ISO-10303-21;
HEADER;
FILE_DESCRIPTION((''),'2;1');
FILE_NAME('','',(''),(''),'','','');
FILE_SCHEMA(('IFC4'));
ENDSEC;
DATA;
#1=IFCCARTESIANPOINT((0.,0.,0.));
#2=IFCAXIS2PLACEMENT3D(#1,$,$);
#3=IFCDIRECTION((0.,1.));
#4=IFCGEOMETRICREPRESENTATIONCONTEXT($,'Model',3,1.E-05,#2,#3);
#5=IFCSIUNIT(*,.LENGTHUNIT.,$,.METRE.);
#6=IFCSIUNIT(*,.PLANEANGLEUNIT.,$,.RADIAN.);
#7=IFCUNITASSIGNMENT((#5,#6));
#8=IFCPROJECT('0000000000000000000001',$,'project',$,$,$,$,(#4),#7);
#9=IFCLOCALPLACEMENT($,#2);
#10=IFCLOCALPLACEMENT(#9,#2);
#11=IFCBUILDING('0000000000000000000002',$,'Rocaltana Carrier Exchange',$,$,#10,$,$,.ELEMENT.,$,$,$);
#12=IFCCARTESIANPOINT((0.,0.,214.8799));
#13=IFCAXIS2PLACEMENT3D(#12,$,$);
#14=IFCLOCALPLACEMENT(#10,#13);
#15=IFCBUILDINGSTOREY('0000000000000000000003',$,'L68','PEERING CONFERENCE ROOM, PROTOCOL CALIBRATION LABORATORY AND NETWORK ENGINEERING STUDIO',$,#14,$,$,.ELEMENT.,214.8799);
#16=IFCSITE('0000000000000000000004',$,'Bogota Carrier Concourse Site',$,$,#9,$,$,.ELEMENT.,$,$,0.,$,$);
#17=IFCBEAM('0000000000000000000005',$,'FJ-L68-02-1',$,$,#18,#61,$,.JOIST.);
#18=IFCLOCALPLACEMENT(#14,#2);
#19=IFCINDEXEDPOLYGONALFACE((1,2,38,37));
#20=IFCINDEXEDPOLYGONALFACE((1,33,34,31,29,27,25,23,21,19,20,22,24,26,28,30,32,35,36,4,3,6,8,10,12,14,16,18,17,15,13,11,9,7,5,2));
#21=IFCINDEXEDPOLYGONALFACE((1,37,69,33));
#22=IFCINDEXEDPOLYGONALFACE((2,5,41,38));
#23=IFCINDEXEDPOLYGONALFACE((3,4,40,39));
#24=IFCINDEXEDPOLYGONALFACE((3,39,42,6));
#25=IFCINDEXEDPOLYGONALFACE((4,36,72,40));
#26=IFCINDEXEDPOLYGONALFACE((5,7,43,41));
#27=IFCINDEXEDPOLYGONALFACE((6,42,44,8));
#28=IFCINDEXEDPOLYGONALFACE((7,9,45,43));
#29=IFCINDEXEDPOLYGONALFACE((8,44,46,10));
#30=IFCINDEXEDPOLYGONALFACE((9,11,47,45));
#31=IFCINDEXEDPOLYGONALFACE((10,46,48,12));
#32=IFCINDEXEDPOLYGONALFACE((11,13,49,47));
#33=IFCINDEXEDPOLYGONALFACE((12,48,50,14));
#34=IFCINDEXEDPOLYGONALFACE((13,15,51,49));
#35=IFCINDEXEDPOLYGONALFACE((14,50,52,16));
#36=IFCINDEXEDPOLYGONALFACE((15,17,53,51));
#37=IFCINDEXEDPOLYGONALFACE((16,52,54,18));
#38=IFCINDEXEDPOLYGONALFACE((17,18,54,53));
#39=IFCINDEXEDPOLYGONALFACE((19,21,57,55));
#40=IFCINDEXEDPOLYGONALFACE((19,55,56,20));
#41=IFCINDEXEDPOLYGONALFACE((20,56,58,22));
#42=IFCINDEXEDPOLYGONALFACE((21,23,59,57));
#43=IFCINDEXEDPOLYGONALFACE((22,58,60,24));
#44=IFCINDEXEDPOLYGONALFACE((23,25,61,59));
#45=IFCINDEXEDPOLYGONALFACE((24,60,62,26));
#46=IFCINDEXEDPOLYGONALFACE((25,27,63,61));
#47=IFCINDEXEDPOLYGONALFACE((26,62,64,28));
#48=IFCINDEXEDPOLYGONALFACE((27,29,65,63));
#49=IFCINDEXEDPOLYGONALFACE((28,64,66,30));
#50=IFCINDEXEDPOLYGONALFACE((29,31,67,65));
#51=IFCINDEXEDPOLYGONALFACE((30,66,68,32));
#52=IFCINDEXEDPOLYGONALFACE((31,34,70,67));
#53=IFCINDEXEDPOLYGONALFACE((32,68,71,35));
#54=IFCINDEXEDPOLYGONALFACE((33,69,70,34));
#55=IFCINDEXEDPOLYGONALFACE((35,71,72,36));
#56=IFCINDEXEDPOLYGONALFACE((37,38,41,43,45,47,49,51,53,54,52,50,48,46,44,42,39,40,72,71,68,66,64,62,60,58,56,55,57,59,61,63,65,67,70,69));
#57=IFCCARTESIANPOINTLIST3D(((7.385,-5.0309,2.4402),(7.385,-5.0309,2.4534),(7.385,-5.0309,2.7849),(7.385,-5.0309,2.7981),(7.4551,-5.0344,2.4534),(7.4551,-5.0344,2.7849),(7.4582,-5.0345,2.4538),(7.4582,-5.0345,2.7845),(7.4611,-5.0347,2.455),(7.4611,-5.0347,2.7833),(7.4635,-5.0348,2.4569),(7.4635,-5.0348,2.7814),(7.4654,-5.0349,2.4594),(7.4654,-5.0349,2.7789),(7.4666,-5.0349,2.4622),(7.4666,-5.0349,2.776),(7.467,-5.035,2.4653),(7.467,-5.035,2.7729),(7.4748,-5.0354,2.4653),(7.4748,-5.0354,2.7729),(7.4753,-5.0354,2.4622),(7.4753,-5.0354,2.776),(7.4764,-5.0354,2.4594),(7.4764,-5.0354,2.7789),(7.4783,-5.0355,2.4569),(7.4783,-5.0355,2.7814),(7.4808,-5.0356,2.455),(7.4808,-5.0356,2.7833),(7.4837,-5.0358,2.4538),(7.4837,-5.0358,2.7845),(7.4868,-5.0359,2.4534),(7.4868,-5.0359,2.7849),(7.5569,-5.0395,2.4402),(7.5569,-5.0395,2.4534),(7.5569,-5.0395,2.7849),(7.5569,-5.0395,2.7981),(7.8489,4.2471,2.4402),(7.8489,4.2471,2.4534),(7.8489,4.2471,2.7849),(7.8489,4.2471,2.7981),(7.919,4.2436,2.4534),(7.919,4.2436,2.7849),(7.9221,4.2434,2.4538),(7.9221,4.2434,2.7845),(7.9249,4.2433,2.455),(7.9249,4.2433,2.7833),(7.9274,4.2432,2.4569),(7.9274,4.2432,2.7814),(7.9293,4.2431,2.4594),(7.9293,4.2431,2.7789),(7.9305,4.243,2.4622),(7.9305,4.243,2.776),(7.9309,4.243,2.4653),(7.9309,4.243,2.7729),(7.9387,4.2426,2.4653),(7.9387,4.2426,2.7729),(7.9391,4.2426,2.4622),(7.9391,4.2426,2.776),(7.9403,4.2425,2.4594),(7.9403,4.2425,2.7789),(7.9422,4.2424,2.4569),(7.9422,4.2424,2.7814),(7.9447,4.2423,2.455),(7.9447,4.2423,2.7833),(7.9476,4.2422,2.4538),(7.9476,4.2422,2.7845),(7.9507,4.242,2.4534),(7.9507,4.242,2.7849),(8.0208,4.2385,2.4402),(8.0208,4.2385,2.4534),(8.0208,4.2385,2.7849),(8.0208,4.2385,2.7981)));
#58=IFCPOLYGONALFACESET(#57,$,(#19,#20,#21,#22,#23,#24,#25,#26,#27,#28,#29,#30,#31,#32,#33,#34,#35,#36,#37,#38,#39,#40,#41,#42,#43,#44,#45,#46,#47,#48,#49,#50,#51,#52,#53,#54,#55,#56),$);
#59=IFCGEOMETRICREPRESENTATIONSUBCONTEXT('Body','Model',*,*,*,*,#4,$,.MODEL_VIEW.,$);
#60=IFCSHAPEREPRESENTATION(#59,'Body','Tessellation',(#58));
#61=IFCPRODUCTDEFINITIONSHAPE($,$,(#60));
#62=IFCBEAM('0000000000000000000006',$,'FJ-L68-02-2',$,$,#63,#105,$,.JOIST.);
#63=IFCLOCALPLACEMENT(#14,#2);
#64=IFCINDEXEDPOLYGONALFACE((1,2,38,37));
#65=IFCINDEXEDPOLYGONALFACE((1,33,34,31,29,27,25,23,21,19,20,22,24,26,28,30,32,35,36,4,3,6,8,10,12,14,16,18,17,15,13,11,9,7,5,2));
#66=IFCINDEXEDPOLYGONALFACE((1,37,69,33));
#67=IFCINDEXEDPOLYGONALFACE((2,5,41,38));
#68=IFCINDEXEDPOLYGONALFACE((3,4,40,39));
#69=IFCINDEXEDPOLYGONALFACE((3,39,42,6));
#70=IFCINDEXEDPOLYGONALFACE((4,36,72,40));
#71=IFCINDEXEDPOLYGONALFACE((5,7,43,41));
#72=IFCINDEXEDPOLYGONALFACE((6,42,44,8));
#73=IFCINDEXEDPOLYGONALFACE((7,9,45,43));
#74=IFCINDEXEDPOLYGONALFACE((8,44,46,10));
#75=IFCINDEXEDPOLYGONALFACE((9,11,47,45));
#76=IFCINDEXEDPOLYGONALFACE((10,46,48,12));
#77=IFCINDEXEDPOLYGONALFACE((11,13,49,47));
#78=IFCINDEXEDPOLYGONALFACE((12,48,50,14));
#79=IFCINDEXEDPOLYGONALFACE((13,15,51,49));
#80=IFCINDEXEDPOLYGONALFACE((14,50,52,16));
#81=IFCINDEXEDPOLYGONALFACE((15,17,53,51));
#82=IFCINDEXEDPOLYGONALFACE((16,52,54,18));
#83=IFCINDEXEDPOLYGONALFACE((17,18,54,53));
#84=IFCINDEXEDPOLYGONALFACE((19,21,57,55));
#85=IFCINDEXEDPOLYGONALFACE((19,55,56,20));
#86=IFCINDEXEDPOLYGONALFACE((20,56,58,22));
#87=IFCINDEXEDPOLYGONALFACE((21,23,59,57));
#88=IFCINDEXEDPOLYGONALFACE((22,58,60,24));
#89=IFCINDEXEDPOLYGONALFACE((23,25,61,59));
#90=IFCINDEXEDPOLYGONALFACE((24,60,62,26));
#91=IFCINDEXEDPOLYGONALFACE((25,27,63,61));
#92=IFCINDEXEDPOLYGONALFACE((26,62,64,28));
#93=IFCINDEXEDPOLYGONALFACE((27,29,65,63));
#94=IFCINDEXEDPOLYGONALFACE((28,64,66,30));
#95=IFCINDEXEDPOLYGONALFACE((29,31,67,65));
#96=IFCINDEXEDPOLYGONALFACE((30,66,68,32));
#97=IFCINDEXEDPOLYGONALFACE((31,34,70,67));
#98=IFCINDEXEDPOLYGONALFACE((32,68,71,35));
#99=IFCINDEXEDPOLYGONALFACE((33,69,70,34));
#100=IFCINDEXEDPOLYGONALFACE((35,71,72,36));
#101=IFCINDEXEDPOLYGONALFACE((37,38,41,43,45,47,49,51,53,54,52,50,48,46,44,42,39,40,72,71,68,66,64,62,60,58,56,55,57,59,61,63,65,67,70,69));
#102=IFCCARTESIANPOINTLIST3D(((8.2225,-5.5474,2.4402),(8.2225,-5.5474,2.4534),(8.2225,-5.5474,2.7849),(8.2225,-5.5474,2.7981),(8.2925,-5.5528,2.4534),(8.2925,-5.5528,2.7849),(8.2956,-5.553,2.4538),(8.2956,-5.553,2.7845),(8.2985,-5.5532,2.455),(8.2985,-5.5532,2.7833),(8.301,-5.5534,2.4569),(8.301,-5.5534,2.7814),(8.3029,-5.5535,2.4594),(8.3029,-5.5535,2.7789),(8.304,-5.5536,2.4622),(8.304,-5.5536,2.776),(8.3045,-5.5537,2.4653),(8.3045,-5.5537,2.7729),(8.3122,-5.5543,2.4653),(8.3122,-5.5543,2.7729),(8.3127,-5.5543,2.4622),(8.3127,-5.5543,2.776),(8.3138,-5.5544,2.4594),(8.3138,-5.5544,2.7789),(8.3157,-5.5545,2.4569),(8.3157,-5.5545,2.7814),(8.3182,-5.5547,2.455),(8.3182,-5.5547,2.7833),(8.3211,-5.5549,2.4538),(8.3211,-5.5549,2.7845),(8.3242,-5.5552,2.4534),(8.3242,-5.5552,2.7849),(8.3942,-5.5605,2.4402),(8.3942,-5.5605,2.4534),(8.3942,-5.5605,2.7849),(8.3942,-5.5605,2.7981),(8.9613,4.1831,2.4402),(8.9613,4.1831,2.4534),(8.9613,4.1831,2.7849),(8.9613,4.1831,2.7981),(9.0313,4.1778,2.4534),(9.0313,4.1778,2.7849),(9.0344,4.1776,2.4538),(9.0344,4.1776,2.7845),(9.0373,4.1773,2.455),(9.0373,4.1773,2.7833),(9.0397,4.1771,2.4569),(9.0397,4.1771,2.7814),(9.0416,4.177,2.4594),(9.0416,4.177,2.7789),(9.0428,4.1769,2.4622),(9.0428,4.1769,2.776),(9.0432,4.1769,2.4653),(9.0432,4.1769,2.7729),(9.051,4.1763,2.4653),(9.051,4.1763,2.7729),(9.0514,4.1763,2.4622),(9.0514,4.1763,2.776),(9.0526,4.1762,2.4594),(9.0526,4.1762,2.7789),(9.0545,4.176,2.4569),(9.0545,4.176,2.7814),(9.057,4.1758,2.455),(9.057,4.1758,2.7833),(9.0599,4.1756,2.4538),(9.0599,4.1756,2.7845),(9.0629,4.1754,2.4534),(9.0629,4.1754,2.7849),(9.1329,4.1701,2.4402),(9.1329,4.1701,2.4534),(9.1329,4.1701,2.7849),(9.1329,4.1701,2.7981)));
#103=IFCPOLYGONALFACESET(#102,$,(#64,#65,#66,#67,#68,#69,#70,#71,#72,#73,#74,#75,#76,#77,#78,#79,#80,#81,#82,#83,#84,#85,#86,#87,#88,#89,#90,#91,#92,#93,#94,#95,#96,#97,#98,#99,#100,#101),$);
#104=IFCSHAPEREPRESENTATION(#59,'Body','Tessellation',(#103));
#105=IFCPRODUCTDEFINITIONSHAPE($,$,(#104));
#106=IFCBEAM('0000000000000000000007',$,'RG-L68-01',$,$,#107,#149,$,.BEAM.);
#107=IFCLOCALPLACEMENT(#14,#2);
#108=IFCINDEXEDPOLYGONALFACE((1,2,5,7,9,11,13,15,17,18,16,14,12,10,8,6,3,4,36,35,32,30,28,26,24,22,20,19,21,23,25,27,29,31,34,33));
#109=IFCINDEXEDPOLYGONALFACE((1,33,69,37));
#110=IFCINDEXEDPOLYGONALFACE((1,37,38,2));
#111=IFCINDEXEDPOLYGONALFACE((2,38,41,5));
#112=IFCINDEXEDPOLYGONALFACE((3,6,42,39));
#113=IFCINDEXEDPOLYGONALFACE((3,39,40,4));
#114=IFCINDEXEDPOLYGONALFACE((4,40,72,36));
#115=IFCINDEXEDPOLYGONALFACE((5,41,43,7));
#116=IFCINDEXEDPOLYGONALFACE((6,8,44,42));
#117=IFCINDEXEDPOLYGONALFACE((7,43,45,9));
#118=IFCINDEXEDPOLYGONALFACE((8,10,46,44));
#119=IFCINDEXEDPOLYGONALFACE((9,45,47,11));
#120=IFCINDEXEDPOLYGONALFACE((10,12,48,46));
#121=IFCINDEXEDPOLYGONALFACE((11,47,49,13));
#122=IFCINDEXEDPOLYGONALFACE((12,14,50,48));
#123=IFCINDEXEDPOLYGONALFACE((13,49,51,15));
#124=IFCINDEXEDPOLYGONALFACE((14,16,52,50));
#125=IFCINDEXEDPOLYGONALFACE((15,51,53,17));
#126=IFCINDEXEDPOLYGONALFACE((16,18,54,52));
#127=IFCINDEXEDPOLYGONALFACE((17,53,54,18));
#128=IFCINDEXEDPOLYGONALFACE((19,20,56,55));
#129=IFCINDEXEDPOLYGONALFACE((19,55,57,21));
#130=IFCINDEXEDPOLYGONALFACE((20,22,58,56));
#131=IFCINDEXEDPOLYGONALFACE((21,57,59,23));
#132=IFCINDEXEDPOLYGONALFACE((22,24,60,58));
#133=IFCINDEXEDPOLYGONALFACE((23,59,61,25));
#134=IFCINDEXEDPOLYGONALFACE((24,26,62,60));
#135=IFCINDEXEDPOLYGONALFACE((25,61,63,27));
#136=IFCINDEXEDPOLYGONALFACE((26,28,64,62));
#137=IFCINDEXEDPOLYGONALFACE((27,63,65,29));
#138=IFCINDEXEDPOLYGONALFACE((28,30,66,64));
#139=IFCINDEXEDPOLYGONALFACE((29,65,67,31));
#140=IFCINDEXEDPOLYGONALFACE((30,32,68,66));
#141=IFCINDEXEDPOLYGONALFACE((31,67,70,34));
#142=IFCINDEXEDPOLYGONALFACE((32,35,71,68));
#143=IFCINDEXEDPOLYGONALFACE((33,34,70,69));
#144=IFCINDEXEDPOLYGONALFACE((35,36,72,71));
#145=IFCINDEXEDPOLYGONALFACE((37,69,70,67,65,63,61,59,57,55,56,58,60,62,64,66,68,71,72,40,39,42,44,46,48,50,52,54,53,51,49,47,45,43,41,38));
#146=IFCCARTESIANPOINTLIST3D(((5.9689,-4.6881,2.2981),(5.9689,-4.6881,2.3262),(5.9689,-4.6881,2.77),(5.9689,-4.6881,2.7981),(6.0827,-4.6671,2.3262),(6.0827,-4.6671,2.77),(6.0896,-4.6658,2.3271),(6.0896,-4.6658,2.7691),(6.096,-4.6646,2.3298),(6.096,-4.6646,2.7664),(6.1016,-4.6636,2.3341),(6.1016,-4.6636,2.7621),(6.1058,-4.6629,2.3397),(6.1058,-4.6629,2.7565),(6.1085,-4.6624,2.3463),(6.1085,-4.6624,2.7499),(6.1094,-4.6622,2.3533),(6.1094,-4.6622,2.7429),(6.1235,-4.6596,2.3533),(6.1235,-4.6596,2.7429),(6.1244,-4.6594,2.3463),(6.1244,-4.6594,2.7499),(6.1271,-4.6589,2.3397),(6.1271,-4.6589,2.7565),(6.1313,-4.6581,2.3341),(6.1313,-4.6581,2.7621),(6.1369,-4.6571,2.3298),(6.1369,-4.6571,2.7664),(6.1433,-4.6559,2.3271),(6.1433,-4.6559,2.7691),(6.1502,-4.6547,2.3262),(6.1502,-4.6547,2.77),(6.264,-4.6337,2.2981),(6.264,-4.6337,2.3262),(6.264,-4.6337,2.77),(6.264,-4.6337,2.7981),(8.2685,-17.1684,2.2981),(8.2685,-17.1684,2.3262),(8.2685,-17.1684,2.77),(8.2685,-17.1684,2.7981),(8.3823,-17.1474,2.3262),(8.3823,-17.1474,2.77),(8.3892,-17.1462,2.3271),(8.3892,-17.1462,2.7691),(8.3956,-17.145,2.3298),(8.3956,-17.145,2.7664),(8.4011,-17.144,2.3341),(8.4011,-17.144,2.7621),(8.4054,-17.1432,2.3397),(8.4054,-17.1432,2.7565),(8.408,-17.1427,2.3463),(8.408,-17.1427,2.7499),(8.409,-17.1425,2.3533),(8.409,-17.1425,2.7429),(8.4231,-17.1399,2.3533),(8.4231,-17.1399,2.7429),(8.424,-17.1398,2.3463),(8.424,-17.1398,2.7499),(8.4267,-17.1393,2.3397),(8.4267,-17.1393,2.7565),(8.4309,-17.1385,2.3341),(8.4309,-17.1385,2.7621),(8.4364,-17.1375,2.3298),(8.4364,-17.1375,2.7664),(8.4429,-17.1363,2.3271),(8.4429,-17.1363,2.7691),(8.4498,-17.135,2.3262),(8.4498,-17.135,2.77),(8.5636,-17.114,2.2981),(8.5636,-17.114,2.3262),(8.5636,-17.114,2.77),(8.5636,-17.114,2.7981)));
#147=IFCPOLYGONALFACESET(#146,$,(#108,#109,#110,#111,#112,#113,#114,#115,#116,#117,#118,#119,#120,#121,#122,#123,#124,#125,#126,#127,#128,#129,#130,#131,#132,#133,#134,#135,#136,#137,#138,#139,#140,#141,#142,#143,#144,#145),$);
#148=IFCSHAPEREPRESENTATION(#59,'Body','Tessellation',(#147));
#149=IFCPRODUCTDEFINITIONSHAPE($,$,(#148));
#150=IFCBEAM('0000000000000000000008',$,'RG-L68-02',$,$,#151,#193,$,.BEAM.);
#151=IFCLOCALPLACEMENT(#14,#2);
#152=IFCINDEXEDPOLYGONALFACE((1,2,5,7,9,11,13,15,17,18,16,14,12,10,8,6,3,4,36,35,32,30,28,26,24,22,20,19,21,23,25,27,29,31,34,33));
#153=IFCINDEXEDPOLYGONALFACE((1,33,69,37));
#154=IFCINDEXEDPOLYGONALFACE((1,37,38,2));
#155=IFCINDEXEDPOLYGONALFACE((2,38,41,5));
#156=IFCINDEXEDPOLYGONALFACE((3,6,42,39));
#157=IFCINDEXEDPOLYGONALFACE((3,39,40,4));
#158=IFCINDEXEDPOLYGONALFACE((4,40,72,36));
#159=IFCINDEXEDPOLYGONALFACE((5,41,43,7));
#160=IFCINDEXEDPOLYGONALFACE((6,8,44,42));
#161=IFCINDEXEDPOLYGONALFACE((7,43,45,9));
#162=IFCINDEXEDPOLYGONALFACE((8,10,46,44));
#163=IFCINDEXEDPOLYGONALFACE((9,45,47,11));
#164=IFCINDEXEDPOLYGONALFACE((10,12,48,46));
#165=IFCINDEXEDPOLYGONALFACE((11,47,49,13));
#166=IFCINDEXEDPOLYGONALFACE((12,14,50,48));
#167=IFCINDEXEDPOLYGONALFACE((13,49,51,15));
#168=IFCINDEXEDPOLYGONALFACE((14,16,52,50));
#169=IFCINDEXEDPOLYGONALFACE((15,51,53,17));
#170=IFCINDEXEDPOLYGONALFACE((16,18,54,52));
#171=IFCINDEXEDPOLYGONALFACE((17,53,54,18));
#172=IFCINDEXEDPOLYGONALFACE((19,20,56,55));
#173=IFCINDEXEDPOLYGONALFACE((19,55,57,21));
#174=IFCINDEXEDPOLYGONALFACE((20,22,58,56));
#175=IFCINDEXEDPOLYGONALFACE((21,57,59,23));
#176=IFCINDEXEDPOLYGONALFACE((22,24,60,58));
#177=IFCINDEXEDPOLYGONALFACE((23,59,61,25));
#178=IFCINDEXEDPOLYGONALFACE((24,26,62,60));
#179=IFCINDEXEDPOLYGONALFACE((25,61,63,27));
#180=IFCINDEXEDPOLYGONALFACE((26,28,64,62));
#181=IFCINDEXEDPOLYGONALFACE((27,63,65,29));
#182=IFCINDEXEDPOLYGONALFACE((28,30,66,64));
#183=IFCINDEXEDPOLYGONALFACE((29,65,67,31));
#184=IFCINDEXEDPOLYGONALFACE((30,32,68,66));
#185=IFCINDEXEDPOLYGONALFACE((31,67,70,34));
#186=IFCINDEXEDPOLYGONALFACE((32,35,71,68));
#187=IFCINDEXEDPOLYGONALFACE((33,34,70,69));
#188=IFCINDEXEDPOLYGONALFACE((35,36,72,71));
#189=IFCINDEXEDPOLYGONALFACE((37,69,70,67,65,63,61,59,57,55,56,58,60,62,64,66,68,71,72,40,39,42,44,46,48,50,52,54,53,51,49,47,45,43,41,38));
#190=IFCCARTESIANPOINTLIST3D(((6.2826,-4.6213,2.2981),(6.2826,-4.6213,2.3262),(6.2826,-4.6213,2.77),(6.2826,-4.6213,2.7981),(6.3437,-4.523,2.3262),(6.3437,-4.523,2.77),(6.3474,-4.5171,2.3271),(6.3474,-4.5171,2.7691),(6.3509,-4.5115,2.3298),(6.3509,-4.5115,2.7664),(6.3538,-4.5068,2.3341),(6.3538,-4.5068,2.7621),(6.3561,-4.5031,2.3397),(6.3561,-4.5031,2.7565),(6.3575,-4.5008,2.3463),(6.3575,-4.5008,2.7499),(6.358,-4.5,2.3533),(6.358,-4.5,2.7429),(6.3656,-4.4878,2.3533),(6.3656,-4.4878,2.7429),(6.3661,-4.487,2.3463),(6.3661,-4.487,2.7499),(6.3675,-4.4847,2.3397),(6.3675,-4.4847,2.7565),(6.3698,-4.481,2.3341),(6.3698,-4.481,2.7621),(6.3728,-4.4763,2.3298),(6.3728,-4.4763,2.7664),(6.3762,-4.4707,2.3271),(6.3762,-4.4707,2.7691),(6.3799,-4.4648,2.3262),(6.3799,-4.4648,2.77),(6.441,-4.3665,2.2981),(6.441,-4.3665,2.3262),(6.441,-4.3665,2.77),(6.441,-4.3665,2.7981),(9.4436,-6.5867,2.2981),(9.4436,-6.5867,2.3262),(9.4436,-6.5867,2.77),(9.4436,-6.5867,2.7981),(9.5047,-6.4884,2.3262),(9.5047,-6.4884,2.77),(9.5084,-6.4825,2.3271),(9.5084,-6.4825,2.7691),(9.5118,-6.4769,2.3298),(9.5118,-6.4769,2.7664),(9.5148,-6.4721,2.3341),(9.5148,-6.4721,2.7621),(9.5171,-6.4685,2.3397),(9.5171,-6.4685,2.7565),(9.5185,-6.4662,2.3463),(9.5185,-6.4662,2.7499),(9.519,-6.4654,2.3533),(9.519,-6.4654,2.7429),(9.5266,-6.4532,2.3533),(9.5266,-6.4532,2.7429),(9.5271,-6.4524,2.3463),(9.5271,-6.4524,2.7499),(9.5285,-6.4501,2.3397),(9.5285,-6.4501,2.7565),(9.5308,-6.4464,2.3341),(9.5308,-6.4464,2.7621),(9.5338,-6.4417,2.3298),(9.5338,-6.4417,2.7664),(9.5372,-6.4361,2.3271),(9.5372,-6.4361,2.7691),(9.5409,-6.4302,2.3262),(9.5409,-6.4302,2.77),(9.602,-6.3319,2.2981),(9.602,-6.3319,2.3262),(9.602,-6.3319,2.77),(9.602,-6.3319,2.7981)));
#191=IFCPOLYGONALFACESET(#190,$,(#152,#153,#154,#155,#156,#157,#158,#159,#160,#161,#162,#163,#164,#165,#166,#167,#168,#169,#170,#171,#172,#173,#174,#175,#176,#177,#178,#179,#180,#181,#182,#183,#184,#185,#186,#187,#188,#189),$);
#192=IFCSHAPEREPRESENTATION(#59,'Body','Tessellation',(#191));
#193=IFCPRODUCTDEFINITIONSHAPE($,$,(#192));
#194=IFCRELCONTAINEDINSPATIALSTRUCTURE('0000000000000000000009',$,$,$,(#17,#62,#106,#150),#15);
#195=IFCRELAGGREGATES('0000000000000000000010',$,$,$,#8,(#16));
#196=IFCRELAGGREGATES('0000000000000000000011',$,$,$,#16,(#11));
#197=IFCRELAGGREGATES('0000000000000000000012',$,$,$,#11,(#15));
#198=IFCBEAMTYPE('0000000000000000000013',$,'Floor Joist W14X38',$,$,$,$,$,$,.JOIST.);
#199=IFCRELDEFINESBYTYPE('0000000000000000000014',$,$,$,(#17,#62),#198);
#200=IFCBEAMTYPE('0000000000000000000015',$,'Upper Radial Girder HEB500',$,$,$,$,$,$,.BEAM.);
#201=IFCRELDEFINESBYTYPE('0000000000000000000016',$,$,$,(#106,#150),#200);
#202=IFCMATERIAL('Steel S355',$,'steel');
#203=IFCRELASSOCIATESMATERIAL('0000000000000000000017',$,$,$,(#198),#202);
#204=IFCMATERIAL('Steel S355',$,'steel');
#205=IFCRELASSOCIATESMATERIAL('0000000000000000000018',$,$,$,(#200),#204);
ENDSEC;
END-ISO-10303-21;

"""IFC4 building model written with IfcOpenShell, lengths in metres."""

from ifc_helpers import new_model, si_unit, direction, frame, origin, origin_2d, place, context, subcontext, project, spatial, i_section, extrude, material, material_profile, profile_set, type_object, element, save


model = new_model("IFC4")

# Units and contexts
model_context = context("Model", 3, precision=1e-05, world=origin(), true_north=direction((0.0, 1.0)))
body_context = subcontext(model_context, "Body", "Model", "MODEL_VIEW")
ifc_project = project(units=[si_unit("LENGTHUNIT", "METRE"), si_unit("PLANEANGLEUNIT", "RADIAN")], contexts=[model_context])

# Site, building, storey
site_placement = place(None, origin())
site = spatial("IfcSite", under=ifc_project, at=site_placement, Name="Bogota Carrier Concourse Site", CompositionType="ELEMENT", RefElevation=0.0)
building_placement = place(site_placement, origin())
building = spatial("IfcBuilding", under=site, at=building_placement, Name="Rocaltana Carrier Exchange", CompositionType="ELEMENT")
storey_placement = place(building_placement, frame((0.0, 0.0, 214.8799)))
storey = spatial("IfcBuildingStorey", under=building, at=storey_placement, Name="L68", Description="PEERING CONFERENCE ROOM, PROTOCOL CALIBRATION LABORATORY AND NETWORK ENGINEERING STUDIO", CompositionType="ELEMENT", Elevation=214.8799)

# Beams
ifc_material_1 = material(Name="Steel S355", Category="steel")
ifc_material_profile_1 = material_profile(ifc_material_1, i_section(OverallWidth=0.1721, OverallDepth=0.3579, WebThickness=0.0078, FlangeThickness=0.0132, FilletRadius=0.012, at=origin_2d()), Name="W14X38")
ifc_profile_set_1 = profile_set([ifc_material_profile_1], Name="Steel S355")
beam_type_1 = type_object("IfcBeamType", Name="Floor Joist W14X38", PredefinedType="JOIST", material=ifc_profile_set_1)
beam_1_placement = place(storey_placement, frame((7.4709, -5.0352, 2.6191), z_axis=(0.049934, 0.998753, 0.0), x_axis=(-0.998753, 0.049934, 0.0)))
element("IfcBeam", 1, at=beam_1_placement, inside=storey, type_object=beam_type_1, Name="FJ-L68-02-1", PredefinedType="JOIST", context=body_context, shape_type="SweptSolid", body=[
    extrude(i_section(OverallWidth=0.1721, OverallDepth=0.3579, WebThickness=0.0078, FlangeThickness=0.0132, FilletRadius=0.012, at=origin_2d()), origin(), (0.0, 0.0, 1.0), 9.2896),
])
beam_2_placement = place(storey_placement, frame((8.3083, -5.554, 2.6191), z_axis=(0.075705, 0.99713, 0.0), x_axis=(-0.99713, 0.075705, 0.0)))
element("IfcBeam", 2, at=beam_2_placement, inside=storey, type_object=beam_type_1, Name="FJ-L68-02-2", PredefinedType="JOIST", context=body_context, shape_type="SweptSolid", body=[
    extrude(i_section(OverallWidth=0.1721, OverallDepth=0.3579, WebThickness=0.0078, FlangeThickness=0.0132, FilletRadius=0.012, at=origin_2d()), origin(), (0.0, 0.0, 1.0), 9.7585),
])
ifc_material_2 = material(Name="Steel S355", Category="steel")
ifc_material_profile_2 = material_profile(ifc_material_2, i_section(OverallWidth=0.3, OverallDepth=0.5, WebThickness=0.0144, FlangeThickness=0.0281, FilletRadius=0.0271, at=origin_2d()), Name="HEB500")
ifc_profile_set_2 = profile_set([ifc_material_profile_2], Name="Steel S355")
beam_type_2 = type_object("IfcBeamType", Name="Upper Radial Girder HEB500", PredefinedType="BEAM", material=ifc_profile_set_2)
beam_3_placement = place(storey_placement, frame((6.1165, -4.6609, 2.5481), z_axis=(0.181206, -0.983445, 0.0), x_axis=(0.983445, 0.181206, 0.0)))
element("IfcBeam", 3, at=beam_3_placement, inside=storey, type_object=beam_type_2, Name="RG-L68-01", PredefinedType="BEAM", context=body_context, shape_type="SweptSolid", body=[
    extrude(i_section(OverallWidth=0.3, OverallDepth=0.5, WebThickness=0.0144, FlangeThickness=0.0281, FilletRadius=0.0271, at=origin_2d()), origin(), (0.0, 0.0, 1.0), 12.6904),
])
beam_4_placement = place(storey_placement, frame((6.3618, -4.4939, 2.5481), z_axis=(0.84923, -0.528022, 0.0), x_axis=(0.528022, 0.84923, 0.0)))
element("IfcBeam", 4, at=beam_4_placement, inside=storey, type_object=beam_type_2, Name="RG-L68-02", PredefinedType="BEAM", context=body_context, shape_type="SweptSolid", body=[
    extrude(i_section(OverallWidth=0.3, OverallDepth=0.5, WebThickness=0.0144, FlangeThickness=0.0281, FilletRadius=0.0271, at=origin_2d()), origin(), (0.0, 0.0, 1.0), 3.7222),
])

save(model, "model.ifc")
